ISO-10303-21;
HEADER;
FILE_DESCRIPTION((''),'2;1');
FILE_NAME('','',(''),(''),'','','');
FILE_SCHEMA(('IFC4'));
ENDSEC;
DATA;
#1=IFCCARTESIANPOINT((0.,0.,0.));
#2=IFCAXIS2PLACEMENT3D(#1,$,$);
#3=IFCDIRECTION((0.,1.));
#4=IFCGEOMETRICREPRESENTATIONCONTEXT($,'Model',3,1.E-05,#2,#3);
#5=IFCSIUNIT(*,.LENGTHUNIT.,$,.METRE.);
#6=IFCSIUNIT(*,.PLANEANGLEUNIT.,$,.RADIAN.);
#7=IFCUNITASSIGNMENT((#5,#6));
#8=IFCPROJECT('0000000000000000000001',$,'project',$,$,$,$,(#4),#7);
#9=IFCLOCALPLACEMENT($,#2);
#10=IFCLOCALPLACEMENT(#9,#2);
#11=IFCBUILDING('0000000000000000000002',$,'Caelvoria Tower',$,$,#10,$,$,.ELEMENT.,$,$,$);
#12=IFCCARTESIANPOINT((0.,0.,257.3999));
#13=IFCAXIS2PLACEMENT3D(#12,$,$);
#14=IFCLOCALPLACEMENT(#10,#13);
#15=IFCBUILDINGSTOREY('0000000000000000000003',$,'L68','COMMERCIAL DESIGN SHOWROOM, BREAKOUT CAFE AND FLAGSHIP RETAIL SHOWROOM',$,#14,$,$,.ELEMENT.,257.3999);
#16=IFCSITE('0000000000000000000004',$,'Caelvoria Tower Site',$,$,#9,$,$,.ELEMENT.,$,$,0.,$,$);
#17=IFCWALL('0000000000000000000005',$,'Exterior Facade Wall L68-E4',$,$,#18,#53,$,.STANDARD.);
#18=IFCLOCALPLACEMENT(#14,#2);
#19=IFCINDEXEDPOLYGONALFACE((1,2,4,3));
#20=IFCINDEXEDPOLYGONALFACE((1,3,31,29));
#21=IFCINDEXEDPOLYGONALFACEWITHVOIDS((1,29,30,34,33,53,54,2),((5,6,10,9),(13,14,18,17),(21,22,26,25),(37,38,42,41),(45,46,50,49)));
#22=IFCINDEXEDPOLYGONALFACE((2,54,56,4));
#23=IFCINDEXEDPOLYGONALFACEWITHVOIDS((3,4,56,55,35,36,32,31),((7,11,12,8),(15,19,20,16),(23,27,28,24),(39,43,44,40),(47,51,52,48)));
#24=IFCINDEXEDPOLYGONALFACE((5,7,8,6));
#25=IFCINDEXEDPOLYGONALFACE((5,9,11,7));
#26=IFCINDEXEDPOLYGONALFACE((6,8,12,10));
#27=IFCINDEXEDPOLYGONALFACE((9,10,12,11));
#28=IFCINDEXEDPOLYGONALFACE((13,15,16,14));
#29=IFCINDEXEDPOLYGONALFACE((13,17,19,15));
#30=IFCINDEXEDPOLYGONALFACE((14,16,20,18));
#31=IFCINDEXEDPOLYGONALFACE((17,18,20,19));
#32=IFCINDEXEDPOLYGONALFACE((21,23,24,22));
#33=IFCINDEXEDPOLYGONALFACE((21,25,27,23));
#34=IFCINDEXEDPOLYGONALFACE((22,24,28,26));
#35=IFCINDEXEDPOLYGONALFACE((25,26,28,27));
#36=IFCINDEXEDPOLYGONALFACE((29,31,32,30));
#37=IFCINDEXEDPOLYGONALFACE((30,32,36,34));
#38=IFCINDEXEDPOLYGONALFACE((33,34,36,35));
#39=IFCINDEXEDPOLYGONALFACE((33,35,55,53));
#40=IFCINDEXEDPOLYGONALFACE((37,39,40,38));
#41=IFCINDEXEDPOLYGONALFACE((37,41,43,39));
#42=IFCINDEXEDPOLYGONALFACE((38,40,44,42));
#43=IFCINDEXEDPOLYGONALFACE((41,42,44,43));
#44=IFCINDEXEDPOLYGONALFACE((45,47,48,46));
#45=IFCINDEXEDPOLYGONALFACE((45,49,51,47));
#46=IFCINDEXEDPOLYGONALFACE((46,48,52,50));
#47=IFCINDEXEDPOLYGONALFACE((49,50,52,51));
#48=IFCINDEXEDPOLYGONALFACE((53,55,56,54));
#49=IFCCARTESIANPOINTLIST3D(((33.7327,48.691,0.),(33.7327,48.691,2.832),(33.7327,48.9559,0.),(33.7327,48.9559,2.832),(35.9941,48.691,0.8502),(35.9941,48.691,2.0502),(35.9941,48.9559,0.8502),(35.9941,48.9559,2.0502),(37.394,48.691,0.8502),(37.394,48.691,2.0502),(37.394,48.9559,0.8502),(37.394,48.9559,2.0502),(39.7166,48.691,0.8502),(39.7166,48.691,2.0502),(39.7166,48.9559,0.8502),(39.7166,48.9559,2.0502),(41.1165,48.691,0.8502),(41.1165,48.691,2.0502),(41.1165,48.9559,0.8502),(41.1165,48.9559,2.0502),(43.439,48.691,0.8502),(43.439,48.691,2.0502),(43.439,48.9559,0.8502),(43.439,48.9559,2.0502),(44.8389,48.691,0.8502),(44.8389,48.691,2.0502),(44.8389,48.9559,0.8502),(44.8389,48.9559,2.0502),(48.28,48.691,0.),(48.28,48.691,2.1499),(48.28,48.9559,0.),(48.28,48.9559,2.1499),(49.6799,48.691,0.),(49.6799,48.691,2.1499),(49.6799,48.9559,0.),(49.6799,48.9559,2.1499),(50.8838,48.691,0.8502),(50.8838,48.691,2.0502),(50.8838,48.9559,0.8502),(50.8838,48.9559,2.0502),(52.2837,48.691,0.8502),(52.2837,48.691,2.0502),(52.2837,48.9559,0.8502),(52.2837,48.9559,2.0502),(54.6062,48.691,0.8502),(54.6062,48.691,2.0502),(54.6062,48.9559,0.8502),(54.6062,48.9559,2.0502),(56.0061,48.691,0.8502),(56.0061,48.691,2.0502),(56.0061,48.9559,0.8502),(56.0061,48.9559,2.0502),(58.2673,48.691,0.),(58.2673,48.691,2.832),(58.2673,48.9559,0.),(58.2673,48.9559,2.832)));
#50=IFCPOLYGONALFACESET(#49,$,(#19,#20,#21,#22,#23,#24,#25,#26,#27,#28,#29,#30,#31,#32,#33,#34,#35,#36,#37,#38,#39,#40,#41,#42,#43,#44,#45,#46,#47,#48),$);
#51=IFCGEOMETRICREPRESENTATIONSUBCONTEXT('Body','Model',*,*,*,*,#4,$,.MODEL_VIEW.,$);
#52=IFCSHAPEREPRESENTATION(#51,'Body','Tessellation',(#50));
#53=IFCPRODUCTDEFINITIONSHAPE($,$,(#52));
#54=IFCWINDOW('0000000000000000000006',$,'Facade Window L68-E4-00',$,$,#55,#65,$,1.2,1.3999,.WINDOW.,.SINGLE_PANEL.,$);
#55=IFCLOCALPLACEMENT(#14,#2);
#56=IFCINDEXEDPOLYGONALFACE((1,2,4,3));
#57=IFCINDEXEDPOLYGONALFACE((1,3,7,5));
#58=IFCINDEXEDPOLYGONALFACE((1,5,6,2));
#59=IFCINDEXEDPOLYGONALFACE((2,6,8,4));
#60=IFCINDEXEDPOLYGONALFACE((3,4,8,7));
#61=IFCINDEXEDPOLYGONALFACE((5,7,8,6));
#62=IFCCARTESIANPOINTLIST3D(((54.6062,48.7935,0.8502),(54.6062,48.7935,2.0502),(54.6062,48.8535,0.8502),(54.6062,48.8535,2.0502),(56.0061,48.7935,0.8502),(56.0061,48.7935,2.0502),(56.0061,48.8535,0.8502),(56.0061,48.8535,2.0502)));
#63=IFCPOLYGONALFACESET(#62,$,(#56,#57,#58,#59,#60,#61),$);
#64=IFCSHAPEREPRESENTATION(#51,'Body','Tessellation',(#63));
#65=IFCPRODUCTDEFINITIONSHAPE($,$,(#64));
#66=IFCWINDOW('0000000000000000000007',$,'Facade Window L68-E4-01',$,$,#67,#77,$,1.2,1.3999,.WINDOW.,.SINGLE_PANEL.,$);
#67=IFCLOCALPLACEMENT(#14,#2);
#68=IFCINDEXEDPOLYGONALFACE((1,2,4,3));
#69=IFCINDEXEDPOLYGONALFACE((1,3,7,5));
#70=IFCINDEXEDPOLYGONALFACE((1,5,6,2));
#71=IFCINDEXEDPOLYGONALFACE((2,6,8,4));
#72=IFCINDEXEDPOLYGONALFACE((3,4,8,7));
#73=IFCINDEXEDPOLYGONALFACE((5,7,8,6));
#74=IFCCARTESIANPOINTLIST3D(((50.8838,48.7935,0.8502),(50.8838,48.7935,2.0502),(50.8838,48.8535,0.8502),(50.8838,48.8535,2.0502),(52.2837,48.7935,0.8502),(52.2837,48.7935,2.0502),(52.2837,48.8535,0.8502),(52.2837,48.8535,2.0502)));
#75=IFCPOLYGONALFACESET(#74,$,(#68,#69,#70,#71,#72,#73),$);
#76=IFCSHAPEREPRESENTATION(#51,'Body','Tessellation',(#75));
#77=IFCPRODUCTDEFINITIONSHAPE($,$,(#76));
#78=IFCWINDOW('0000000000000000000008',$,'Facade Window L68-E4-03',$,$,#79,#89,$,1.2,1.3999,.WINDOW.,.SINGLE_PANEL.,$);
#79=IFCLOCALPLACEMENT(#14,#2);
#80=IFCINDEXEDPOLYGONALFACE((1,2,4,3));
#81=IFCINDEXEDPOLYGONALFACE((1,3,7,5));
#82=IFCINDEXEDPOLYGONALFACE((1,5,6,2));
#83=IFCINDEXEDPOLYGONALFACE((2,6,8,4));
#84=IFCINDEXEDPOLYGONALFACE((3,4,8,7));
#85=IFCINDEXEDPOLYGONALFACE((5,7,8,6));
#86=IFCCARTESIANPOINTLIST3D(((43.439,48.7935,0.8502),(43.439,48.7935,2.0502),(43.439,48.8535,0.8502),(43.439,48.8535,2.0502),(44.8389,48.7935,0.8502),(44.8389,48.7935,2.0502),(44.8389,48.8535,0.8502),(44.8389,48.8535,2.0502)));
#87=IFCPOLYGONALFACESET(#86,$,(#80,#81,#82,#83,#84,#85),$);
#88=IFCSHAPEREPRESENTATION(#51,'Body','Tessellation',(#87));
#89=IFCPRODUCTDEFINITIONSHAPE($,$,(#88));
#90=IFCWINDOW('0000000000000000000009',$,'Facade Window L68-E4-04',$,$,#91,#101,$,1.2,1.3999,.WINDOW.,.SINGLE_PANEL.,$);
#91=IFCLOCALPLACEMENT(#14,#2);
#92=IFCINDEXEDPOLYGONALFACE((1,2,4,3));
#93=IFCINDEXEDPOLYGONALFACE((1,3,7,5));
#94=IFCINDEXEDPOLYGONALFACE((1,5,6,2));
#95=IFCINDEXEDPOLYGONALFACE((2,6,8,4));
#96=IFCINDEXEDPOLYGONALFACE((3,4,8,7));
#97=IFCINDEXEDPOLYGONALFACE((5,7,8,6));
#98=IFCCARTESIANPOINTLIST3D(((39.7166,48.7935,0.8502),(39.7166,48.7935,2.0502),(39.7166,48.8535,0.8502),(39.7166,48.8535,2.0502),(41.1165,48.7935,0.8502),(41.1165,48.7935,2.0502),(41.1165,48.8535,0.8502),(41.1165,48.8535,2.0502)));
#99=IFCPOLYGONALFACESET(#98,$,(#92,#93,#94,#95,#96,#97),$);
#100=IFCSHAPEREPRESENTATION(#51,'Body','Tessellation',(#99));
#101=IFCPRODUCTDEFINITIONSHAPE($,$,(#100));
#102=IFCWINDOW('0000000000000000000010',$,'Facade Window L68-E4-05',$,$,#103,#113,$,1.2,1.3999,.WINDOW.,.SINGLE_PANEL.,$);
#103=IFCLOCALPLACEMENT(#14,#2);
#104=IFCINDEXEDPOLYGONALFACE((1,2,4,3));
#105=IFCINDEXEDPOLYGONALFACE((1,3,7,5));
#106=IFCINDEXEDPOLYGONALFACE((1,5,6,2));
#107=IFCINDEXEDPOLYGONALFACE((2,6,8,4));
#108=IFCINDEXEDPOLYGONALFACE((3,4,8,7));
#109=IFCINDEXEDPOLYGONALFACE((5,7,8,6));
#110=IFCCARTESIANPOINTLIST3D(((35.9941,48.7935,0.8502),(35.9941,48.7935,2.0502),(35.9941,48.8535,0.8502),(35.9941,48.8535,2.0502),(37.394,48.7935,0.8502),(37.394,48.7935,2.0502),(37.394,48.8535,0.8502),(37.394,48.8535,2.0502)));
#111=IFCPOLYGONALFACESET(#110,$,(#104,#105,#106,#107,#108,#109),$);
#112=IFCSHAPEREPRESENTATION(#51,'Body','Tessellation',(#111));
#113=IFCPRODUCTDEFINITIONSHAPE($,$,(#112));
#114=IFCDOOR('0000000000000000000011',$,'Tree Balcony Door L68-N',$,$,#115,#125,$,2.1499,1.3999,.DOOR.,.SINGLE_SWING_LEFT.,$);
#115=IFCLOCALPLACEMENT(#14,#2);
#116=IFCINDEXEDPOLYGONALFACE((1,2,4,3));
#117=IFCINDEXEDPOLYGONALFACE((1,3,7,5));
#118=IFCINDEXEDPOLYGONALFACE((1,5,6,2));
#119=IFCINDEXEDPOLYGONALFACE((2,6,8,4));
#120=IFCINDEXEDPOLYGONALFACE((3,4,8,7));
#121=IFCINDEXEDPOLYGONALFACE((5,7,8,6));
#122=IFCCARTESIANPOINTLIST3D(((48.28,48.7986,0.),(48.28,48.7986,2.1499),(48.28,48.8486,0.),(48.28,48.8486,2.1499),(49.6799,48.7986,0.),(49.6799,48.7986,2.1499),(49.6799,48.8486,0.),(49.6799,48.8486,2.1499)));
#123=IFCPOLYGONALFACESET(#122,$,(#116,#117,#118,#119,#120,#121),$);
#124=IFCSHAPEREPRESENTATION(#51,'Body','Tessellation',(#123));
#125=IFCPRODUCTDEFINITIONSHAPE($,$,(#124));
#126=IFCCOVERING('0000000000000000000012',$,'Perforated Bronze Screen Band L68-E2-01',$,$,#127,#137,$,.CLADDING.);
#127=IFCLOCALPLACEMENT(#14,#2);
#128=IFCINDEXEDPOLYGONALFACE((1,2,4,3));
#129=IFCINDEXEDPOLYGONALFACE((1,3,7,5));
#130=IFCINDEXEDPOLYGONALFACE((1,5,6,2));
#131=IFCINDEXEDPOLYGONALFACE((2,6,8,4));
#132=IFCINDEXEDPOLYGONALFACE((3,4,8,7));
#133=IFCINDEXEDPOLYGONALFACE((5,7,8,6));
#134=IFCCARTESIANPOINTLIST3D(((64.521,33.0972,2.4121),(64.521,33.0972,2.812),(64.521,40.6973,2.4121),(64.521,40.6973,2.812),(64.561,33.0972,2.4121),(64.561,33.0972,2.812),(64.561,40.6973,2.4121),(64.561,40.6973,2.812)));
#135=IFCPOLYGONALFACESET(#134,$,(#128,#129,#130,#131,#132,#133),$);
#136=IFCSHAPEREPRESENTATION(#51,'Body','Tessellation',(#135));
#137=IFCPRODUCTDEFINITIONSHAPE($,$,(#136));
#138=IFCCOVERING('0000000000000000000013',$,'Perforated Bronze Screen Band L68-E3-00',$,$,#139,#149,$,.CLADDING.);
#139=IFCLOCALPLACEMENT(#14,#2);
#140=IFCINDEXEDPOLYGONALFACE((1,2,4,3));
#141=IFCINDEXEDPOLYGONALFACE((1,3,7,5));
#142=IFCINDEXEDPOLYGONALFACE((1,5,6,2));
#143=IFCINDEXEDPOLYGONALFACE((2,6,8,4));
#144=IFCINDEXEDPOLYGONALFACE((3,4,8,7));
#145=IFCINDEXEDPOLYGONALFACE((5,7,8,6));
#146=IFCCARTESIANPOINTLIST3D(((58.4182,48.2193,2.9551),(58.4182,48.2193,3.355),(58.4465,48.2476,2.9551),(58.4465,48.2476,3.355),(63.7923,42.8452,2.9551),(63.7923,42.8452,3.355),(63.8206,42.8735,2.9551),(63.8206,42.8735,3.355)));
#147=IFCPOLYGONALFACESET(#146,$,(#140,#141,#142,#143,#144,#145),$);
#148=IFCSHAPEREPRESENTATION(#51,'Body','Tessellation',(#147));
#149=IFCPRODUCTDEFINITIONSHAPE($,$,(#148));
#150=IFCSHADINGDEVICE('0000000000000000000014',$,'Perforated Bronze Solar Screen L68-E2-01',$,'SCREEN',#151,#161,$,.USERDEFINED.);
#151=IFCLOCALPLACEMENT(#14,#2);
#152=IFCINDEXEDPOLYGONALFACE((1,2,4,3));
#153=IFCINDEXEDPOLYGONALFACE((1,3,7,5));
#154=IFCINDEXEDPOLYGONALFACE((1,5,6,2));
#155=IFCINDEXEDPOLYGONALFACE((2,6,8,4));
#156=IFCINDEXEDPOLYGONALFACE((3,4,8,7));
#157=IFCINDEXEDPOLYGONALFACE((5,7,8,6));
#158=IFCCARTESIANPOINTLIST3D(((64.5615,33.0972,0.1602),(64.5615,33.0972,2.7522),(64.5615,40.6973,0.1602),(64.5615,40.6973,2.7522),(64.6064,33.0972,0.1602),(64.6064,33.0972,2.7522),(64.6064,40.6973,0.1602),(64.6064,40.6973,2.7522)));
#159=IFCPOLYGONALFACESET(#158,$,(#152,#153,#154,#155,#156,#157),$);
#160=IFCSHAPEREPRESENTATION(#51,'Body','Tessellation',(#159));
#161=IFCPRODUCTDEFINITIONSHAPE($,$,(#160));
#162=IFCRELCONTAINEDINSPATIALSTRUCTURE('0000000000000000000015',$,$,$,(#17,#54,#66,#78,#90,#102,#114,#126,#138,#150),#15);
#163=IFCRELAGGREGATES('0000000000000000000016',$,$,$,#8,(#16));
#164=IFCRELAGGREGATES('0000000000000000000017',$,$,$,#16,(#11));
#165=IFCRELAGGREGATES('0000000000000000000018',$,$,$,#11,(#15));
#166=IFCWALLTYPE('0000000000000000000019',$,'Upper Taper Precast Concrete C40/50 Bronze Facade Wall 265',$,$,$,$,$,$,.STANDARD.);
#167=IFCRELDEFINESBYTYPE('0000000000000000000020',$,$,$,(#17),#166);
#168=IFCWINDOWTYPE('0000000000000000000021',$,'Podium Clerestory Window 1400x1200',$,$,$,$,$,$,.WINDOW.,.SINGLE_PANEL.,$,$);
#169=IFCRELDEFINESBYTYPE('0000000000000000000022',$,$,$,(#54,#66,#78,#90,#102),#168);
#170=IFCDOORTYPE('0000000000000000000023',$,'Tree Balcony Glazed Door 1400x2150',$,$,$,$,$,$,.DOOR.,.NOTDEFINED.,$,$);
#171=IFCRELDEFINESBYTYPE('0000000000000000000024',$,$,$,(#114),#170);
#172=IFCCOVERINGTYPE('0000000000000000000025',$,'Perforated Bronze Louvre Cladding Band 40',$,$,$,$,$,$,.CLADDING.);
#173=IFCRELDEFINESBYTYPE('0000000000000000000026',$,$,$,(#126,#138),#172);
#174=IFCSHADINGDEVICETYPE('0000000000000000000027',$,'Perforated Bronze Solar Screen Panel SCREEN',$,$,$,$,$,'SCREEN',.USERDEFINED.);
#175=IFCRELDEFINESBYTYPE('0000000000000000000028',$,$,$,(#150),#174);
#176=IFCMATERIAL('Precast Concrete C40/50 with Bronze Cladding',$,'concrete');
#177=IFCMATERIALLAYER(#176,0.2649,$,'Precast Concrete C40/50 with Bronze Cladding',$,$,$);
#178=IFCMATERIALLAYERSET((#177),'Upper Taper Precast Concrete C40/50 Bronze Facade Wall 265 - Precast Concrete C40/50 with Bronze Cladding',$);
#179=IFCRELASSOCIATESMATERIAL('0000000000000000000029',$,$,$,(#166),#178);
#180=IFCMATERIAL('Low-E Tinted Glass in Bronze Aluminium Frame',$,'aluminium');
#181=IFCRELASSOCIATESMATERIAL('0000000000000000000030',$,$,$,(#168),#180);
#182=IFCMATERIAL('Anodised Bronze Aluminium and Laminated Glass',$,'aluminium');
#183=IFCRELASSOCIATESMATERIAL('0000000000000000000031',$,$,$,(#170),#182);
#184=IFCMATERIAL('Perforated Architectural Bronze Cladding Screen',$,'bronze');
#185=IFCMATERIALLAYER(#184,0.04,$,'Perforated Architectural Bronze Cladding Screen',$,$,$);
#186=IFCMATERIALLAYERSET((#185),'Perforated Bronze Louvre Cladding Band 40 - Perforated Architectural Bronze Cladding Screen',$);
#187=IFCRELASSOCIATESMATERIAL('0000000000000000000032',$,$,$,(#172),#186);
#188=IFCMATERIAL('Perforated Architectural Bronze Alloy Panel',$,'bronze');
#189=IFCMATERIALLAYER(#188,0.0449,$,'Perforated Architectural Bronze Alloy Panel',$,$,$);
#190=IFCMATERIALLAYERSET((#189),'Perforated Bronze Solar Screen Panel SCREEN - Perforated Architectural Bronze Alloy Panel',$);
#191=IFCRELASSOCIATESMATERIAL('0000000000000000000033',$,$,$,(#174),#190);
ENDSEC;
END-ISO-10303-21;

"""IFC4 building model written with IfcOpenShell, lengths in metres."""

from ifc_helpers import new_model, si_unit, direction, frame, frame_2d, origin, origin_2d, place, context, subcontext, project, spatial, rectangle, extrude, material, layer, layer_set, type_object, element, fill, save


model = new_model("IFC4")

# Units and contexts
model_context = context("Model", 3, precision=1e-05, world=origin(), true_north=direction((0.0, 1.0)))
body_context = subcontext(model_context, "Body", "Model", "MODEL_VIEW")
ifc_project = project(units=[si_unit("LENGTHUNIT", "METRE"), si_unit("PLANEANGLEUNIT", "RADIAN")], contexts=[model_context])

# Site, building, storey
site_placement = place(None, origin())
site = spatial("IfcSite", under=ifc_project, at=site_placement, Name="Caelvoria Tower Site", CompositionType="ELEMENT", RefElevation=0.0)
building_placement = place(site_placement, origin())
building = spatial("IfcBuilding", under=site, at=building_placement, Name="Caelvoria Tower", CompositionType="ELEMENT")
storey_placement = place(building_placement, frame((0.0, 0.0, 257.3999)))
storey = spatial("IfcBuildingStorey", under=building, at=storey_placement, Name="L68", Description="COMMERCIAL DESIGN SHOWROOM, BREAKOUT CAFE AND FLAGSHIP RETAIL SHOWROOM", CompositionType="ELEMENT", Elevation=257.3999)

# Shared definitions
ifc_material_1 = material(Name="Precast Concrete C40/50 with Bronze Cladding", Category="concrete")
ifc_layer_1 = layer(ifc_material_1, 0.2649, Name="Precast Concrete C40/50 with Bronze Cladding")
ifc_layer_set_1 = layer_set([ifc_layer_1], Name="Upper Taper Precast Concrete C40/50 Bronze Facade Wall 265 - Precast Concrete C40/50 with Bronze Cladding")
wall_type_1 = type_object("IfcWallType", Name="Upper Taper Precast Concrete C40/50 Bronze Facade Wall 265", PredefinedType="STANDARD", material=ifc_layer_set_1)

# Wall, openings, windows, door
wall_1_placement = place(storey_placement, frame((58.2673, 48.8235, 0.0), z_axis=(0.0, 0.0, 1.0), x_axis=(-1.0, 0.0, 0.0)))
wall_1 = element("IfcWall", 1, at=wall_1_placement, inside=storey, type_object=wall_type_1, Name="Exterior Facade Wall L68-E4", PredefinedType="STANDARD", context=body_context, shape_type="SweptSolid", body=[
    extrude(rectangle(XDim=24.5347, YDim=0.2649, at=frame_2d((12.2673, 0.0))), origin(), (0.0, 0.0, 1.0), 2.832),
])
opening_1_placement = place(wall_1_placement, frame((8.5874, 0.0, 0.0)))
opening_1 = element("IfcOpeningElement", 2, at=opening_1_placement, cuts=wall_1, PredefinedType="OPENING", context=body_context, shape_type="SweptSolid", body=[
    extrude(rectangle(XDim=1.3999, YDim=2.1499, at=frame_2d((0.7, 1.075))), frame((0.0, 0.1423, 0.0), z_axis=(0.0, -1.0, 0.0), x_axis=(1.0, 0.0, 0.0)), (0.0, 0.0, 1.0), 0.2849),
])
opening_2_placement = place(wall_1_placement, frame((2.2612, 0.0, 0.8501)))
opening_2 = element("IfcOpeningElement", 3, at=opening_2_placement, cuts=wall_1, PredefinedType="OPENING", context=body_context, shape_type="SweptSolid", body=[
    extrude(rectangle(XDim=1.3999, YDim=1.2, at=frame_2d((0.7, 0.6001))), frame((0.0, 0.1423, 0.0), z_axis=(0.0, -1.0, 0.0), x_axis=(1.0, 0.0, 0.0)), (0.0, 0.0, 1.0), 0.2849),
])
opening_3_placement = place(wall_1_placement, frame((5.9836, 0.0, 0.8501)))
opening_3 = element("IfcOpeningElement", 4, at=opening_3_placement, cuts=wall_1, PredefinedType="OPENING", context=body_context, shape_type="SweptSolid", body=[
    extrude(rectangle(XDim=1.3999, YDim=1.2, at=frame_2d((0.7, 0.6001))), frame((0.0, 0.1423, 0.0), z_axis=(0.0, -1.0, 0.0), x_axis=(1.0, 0.0, 0.0)), (0.0, 0.0, 1.0), 0.2849),
])
opening_4_placement = place(wall_1_placement, frame((13.4285, 0.0, 0.8501)))
opening_4 = element("IfcOpeningElement", 5, at=opening_4_placement, cuts=wall_1, PredefinedType="OPENING", context=body_context, shape_type="SweptSolid", body=[
    extrude(rectangle(XDim=1.3999, YDim=1.2, at=frame_2d((0.7, 0.6001))), frame((0.0, 0.1423, 0.0), z_axis=(0.0, -1.0, 0.0), x_axis=(1.0, 0.0, 0.0)), (0.0, 0.0, 1.0), 0.2849),
])
opening_5_placement = place(wall_1_placement, frame((17.1509, 0.0, 0.8501)))
opening_5 = element("IfcOpeningElement", 6, at=opening_5_placement, cuts=wall_1, PredefinedType="OPENING", context=body_context, shape_type="SweptSolid", body=[
    extrude(rectangle(XDim=1.3999, YDim=1.2, at=frame_2d((0.7, 0.6001))), frame((0.0, 0.1423, 0.0), z_axis=(0.0, -1.0, 0.0), x_axis=(1.0, 0.0, 0.0)), (0.0, 0.0, 1.0), 0.2849),
])
opening_6_placement = place(wall_1_placement, frame((20.8733, 0.0, 0.8501)))
opening_6 = element("IfcOpeningElement", 7, at=opening_6_placement, cuts=wall_1, PredefinedType="OPENING", context=body_context, shape_type="SweptSolid", body=[
    extrude(rectangle(XDim=1.3999, YDim=1.2, at=frame_2d((0.7, 0.6001))), frame((0.0, 0.1423, 0.0), z_axis=(0.0, -1.0, 0.0), x_axis=(1.0, 0.0, 0.0)), (0.0, 0.0, 1.0), 0.2849),
])
ifc_material_2 = material(Name="Low-E Tinted Glass in Bronze Aluminium Frame", Category="aluminium")
window_type = type_object("IfcWindowType", Name="Podium Clerestory Window 1400x1200", PartitioningType="SINGLE_PANEL", PredefinedType="WINDOW", material=ifc_material_2)
window_1_placement = place(opening_2_placement, origin())
window_1 = element("IfcWindow", 8, at=window_1_placement, inside=storey, type_object=window_type, Name="Facade Window L68-E4-00", OverallHeight=1.2, OverallWidth=1.3999, PartitioningType="SINGLE_PANEL", PredefinedType="WINDOW", context=body_context, shape_type="SweptSolid", body=[
    extrude(rectangle(XDim=1.3999, YDim=1.2, at=frame_2d((0.7, 0.6001))), frame((0.0, 0.03, 0.0), z_axis=(0.0, -1.0, 0.0), x_axis=(1.0, 0.0, 0.0)), (0.0, 0.0, 1.0), 0.0601),
])
fill(opening_2, window_1)
window_2_placement = place(opening_3_placement, origin())
window_2 = element("IfcWindow", 9, at=window_2_placement, inside=storey, type_object=window_type, Name="Facade Window L68-E4-01", OverallHeight=1.2, OverallWidth=1.3999, PartitioningType="SINGLE_PANEL", PredefinedType="WINDOW", context=body_context, shape_type="SweptSolid", body=[
    extrude(rectangle(XDim=1.3999, YDim=1.2, at=frame_2d((0.7, 0.6001))), frame((0.0, 0.03, 0.0), z_axis=(0.0, -1.0, 0.0), x_axis=(1.0, 0.0, 0.0)), (0.0, 0.0, 1.0), 0.0601),
])
fill(opening_3, window_2)
window_3_placement = place(opening_4_placement, origin())
window_3 = element("IfcWindow", 10, at=window_3_placement, inside=storey, type_object=window_type, Name="Facade Window L68-E4-03", OverallHeight=1.2, OverallWidth=1.3999, PartitioningType="SINGLE_PANEL", PredefinedType="WINDOW", context=body_context, shape_type="SweptSolid", body=[
    extrude(rectangle(XDim=1.3999, YDim=1.2, at=frame_2d((0.7, 0.6001))), frame((0.0, 0.03, 0.0), z_axis=(0.0, -1.0, 0.0), x_axis=(1.0, 0.0, 0.0)), (0.0, 0.0, 1.0), 0.0601),
])
fill(opening_4, window_3)
window_4_placement = place(opening_5_placement, origin())
window_4 = element("IfcWindow", 11, at=window_4_placement, inside=storey, type_object=window_type, Name="Facade Window L68-E4-04", OverallHeight=1.2, OverallWidth=1.3999, PartitioningType="SINGLE_PANEL", PredefinedType="WINDOW", context=body_context, shape_type="SweptSolid", body=[
    extrude(rectangle(XDim=1.3999, YDim=1.2, at=frame_2d((0.7, 0.6001))), frame((0.0, 0.03, 0.0), z_axis=(0.0, -1.0, 0.0), x_axis=(1.0, 0.0, 0.0)), (0.0, 0.0, 1.0), 0.0601),
])
fill(opening_5, window_4)
window_5_placement = place(opening_6_placement, origin())
window_5 = element("IfcWindow", 12, at=window_5_placement, inside=storey, type_object=window_type, Name="Facade Window L68-E4-05", OverallHeight=1.2, OverallWidth=1.3999, PartitioningType="SINGLE_PANEL", PredefinedType="WINDOW", context=body_context, shape_type="SweptSolid", body=[
    extrude(rectangle(XDim=1.3999, YDim=1.2, at=frame_2d((0.7, 0.6001))), frame((0.0, 0.03, 0.0), z_axis=(0.0, -1.0, 0.0), x_axis=(1.0, 0.0, 0.0)), (0.0, 0.0, 1.0), 0.0601),
])
fill(opening_6, window_5)
ifc_material_3 = material(Name="Anodised Bronze Aluminium and Laminated Glass", Category="aluminium")
door_type_1 = type_object("IfcDoorType", Name="Tree Balcony Glazed Door 1400x2150", OperationType="NOTDEFINED", PredefinedType="DOOR", material=ifc_material_3)
door_1_placement = place(opening_1_placement, origin())
door_1 = element("IfcDoor", 13, at=door_1_placement, inside=storey, type_object=door_type_1, Name="Tree Balcony Door L68-N", OperationType="SINGLE_SWING_LEFT", OverallHeight=2.1499, OverallWidth=1.3999, PredefinedType="DOOR", context=body_context, shape_type="SweptSolid", body=[
    extrude(rectangle(XDim=1.3999, YDim=2.1499, at=frame_2d((0.7, 1.075))), frame((0.0, 0.0249, 0.0), z_axis=(0.0, -1.0, 0.0), x_axis=(1.0, 0.0, 0.0)), (0.0, 0.0, 1.0), 0.05),
])
fill(opening_1, door_1)

# Coverings
ifc_material_4 = material(Name="Perforated Architectural Bronze Cladding Screen", Category="bronze")
ifc_layer_2 = layer(ifc_material_4, 0.04, Name="Perforated Architectural Bronze Cladding Screen")
ifc_layer_set_2 = layer_set([ifc_layer_2], Name="Perforated Bronze Louvre Cladding Band 40 - Perforated Architectural Bronze Cladding Screen")
covering_type = type_object("IfcCoveringType", Name="Perforated Bronze Louvre Cladding Band 40", PredefinedType="CLADDING", material=ifc_layer_set_2)
for number, where, z_axis, x_axis, name in (
    (14, (64.541, 36.8972, 2.4121), (0.0, 0.0, 1.0), (0.0, 1.0, 0.0), "Perforated Bronze Screen Band L68-E2-01"),
    (15, (61.1194, 45.5464, 2.9551), (0.0, 0.0, 1.0), (-0.707107, 0.707107, 0.0), "Perforated Bronze Screen Band L68-E3-00"),
):
    element("IfcCovering", number, at=place(storey_placement, frame(where, z_axis=z_axis, x_axis=x_axis)), inside=storey, type_object=covering_type, Name=name, PredefinedType="CLADDING", context=body_context, shape_type="SweptSolid", body=[
        extrude(rectangle(XDim=7.6001, YDim=0.04, at=origin_2d()), origin(), (0.0, 0.0, 1.0), 0.3999),
    ])

# Shading device
ifc_material_5 = material(Name="Perforated Architectural Bronze Alloy Panel", Category="bronze")
ifc_layer_3 = layer(ifc_material_5, 0.0449, Name="Perforated Architectural Bronze Alloy Panel")
ifc_layer_set_3 = layer_set([ifc_layer_3], Name="Perforated Bronze Solar Screen Panel SCREEN - Perforated Architectural Bronze Alloy Panel")
shading_device_type = type_object("IfcShadingDeviceType", Name="Perforated Bronze Solar Screen Panel SCREEN", ElementType="SCREEN", PredefinedType="USERDEFINED", material=ifc_layer_set_3)
shading_device_1_placement = place(storey_placement, frame((64.584, 36.8972, 0.1602), z_axis=(0.0, 0.0, 1.0), x_axis=(0.0, 1.0, 0.0)))
element("IfcShadingDevice", 16, at=shading_device_1_placement, inside=storey, type_object=shading_device_type, Name="Perforated Bronze Solar Screen L68-E2-01", ObjectType="SCREEN", PredefinedType="USERDEFINED", context=body_context, shape_type="SweptSolid", body=[
    extrude(rectangle(XDim=7.6001, YDim=0.0449, at=origin_2d()), origin(), (0.0, 0.0, 1.0), 2.592),
])

save(model, "model.ifc")
